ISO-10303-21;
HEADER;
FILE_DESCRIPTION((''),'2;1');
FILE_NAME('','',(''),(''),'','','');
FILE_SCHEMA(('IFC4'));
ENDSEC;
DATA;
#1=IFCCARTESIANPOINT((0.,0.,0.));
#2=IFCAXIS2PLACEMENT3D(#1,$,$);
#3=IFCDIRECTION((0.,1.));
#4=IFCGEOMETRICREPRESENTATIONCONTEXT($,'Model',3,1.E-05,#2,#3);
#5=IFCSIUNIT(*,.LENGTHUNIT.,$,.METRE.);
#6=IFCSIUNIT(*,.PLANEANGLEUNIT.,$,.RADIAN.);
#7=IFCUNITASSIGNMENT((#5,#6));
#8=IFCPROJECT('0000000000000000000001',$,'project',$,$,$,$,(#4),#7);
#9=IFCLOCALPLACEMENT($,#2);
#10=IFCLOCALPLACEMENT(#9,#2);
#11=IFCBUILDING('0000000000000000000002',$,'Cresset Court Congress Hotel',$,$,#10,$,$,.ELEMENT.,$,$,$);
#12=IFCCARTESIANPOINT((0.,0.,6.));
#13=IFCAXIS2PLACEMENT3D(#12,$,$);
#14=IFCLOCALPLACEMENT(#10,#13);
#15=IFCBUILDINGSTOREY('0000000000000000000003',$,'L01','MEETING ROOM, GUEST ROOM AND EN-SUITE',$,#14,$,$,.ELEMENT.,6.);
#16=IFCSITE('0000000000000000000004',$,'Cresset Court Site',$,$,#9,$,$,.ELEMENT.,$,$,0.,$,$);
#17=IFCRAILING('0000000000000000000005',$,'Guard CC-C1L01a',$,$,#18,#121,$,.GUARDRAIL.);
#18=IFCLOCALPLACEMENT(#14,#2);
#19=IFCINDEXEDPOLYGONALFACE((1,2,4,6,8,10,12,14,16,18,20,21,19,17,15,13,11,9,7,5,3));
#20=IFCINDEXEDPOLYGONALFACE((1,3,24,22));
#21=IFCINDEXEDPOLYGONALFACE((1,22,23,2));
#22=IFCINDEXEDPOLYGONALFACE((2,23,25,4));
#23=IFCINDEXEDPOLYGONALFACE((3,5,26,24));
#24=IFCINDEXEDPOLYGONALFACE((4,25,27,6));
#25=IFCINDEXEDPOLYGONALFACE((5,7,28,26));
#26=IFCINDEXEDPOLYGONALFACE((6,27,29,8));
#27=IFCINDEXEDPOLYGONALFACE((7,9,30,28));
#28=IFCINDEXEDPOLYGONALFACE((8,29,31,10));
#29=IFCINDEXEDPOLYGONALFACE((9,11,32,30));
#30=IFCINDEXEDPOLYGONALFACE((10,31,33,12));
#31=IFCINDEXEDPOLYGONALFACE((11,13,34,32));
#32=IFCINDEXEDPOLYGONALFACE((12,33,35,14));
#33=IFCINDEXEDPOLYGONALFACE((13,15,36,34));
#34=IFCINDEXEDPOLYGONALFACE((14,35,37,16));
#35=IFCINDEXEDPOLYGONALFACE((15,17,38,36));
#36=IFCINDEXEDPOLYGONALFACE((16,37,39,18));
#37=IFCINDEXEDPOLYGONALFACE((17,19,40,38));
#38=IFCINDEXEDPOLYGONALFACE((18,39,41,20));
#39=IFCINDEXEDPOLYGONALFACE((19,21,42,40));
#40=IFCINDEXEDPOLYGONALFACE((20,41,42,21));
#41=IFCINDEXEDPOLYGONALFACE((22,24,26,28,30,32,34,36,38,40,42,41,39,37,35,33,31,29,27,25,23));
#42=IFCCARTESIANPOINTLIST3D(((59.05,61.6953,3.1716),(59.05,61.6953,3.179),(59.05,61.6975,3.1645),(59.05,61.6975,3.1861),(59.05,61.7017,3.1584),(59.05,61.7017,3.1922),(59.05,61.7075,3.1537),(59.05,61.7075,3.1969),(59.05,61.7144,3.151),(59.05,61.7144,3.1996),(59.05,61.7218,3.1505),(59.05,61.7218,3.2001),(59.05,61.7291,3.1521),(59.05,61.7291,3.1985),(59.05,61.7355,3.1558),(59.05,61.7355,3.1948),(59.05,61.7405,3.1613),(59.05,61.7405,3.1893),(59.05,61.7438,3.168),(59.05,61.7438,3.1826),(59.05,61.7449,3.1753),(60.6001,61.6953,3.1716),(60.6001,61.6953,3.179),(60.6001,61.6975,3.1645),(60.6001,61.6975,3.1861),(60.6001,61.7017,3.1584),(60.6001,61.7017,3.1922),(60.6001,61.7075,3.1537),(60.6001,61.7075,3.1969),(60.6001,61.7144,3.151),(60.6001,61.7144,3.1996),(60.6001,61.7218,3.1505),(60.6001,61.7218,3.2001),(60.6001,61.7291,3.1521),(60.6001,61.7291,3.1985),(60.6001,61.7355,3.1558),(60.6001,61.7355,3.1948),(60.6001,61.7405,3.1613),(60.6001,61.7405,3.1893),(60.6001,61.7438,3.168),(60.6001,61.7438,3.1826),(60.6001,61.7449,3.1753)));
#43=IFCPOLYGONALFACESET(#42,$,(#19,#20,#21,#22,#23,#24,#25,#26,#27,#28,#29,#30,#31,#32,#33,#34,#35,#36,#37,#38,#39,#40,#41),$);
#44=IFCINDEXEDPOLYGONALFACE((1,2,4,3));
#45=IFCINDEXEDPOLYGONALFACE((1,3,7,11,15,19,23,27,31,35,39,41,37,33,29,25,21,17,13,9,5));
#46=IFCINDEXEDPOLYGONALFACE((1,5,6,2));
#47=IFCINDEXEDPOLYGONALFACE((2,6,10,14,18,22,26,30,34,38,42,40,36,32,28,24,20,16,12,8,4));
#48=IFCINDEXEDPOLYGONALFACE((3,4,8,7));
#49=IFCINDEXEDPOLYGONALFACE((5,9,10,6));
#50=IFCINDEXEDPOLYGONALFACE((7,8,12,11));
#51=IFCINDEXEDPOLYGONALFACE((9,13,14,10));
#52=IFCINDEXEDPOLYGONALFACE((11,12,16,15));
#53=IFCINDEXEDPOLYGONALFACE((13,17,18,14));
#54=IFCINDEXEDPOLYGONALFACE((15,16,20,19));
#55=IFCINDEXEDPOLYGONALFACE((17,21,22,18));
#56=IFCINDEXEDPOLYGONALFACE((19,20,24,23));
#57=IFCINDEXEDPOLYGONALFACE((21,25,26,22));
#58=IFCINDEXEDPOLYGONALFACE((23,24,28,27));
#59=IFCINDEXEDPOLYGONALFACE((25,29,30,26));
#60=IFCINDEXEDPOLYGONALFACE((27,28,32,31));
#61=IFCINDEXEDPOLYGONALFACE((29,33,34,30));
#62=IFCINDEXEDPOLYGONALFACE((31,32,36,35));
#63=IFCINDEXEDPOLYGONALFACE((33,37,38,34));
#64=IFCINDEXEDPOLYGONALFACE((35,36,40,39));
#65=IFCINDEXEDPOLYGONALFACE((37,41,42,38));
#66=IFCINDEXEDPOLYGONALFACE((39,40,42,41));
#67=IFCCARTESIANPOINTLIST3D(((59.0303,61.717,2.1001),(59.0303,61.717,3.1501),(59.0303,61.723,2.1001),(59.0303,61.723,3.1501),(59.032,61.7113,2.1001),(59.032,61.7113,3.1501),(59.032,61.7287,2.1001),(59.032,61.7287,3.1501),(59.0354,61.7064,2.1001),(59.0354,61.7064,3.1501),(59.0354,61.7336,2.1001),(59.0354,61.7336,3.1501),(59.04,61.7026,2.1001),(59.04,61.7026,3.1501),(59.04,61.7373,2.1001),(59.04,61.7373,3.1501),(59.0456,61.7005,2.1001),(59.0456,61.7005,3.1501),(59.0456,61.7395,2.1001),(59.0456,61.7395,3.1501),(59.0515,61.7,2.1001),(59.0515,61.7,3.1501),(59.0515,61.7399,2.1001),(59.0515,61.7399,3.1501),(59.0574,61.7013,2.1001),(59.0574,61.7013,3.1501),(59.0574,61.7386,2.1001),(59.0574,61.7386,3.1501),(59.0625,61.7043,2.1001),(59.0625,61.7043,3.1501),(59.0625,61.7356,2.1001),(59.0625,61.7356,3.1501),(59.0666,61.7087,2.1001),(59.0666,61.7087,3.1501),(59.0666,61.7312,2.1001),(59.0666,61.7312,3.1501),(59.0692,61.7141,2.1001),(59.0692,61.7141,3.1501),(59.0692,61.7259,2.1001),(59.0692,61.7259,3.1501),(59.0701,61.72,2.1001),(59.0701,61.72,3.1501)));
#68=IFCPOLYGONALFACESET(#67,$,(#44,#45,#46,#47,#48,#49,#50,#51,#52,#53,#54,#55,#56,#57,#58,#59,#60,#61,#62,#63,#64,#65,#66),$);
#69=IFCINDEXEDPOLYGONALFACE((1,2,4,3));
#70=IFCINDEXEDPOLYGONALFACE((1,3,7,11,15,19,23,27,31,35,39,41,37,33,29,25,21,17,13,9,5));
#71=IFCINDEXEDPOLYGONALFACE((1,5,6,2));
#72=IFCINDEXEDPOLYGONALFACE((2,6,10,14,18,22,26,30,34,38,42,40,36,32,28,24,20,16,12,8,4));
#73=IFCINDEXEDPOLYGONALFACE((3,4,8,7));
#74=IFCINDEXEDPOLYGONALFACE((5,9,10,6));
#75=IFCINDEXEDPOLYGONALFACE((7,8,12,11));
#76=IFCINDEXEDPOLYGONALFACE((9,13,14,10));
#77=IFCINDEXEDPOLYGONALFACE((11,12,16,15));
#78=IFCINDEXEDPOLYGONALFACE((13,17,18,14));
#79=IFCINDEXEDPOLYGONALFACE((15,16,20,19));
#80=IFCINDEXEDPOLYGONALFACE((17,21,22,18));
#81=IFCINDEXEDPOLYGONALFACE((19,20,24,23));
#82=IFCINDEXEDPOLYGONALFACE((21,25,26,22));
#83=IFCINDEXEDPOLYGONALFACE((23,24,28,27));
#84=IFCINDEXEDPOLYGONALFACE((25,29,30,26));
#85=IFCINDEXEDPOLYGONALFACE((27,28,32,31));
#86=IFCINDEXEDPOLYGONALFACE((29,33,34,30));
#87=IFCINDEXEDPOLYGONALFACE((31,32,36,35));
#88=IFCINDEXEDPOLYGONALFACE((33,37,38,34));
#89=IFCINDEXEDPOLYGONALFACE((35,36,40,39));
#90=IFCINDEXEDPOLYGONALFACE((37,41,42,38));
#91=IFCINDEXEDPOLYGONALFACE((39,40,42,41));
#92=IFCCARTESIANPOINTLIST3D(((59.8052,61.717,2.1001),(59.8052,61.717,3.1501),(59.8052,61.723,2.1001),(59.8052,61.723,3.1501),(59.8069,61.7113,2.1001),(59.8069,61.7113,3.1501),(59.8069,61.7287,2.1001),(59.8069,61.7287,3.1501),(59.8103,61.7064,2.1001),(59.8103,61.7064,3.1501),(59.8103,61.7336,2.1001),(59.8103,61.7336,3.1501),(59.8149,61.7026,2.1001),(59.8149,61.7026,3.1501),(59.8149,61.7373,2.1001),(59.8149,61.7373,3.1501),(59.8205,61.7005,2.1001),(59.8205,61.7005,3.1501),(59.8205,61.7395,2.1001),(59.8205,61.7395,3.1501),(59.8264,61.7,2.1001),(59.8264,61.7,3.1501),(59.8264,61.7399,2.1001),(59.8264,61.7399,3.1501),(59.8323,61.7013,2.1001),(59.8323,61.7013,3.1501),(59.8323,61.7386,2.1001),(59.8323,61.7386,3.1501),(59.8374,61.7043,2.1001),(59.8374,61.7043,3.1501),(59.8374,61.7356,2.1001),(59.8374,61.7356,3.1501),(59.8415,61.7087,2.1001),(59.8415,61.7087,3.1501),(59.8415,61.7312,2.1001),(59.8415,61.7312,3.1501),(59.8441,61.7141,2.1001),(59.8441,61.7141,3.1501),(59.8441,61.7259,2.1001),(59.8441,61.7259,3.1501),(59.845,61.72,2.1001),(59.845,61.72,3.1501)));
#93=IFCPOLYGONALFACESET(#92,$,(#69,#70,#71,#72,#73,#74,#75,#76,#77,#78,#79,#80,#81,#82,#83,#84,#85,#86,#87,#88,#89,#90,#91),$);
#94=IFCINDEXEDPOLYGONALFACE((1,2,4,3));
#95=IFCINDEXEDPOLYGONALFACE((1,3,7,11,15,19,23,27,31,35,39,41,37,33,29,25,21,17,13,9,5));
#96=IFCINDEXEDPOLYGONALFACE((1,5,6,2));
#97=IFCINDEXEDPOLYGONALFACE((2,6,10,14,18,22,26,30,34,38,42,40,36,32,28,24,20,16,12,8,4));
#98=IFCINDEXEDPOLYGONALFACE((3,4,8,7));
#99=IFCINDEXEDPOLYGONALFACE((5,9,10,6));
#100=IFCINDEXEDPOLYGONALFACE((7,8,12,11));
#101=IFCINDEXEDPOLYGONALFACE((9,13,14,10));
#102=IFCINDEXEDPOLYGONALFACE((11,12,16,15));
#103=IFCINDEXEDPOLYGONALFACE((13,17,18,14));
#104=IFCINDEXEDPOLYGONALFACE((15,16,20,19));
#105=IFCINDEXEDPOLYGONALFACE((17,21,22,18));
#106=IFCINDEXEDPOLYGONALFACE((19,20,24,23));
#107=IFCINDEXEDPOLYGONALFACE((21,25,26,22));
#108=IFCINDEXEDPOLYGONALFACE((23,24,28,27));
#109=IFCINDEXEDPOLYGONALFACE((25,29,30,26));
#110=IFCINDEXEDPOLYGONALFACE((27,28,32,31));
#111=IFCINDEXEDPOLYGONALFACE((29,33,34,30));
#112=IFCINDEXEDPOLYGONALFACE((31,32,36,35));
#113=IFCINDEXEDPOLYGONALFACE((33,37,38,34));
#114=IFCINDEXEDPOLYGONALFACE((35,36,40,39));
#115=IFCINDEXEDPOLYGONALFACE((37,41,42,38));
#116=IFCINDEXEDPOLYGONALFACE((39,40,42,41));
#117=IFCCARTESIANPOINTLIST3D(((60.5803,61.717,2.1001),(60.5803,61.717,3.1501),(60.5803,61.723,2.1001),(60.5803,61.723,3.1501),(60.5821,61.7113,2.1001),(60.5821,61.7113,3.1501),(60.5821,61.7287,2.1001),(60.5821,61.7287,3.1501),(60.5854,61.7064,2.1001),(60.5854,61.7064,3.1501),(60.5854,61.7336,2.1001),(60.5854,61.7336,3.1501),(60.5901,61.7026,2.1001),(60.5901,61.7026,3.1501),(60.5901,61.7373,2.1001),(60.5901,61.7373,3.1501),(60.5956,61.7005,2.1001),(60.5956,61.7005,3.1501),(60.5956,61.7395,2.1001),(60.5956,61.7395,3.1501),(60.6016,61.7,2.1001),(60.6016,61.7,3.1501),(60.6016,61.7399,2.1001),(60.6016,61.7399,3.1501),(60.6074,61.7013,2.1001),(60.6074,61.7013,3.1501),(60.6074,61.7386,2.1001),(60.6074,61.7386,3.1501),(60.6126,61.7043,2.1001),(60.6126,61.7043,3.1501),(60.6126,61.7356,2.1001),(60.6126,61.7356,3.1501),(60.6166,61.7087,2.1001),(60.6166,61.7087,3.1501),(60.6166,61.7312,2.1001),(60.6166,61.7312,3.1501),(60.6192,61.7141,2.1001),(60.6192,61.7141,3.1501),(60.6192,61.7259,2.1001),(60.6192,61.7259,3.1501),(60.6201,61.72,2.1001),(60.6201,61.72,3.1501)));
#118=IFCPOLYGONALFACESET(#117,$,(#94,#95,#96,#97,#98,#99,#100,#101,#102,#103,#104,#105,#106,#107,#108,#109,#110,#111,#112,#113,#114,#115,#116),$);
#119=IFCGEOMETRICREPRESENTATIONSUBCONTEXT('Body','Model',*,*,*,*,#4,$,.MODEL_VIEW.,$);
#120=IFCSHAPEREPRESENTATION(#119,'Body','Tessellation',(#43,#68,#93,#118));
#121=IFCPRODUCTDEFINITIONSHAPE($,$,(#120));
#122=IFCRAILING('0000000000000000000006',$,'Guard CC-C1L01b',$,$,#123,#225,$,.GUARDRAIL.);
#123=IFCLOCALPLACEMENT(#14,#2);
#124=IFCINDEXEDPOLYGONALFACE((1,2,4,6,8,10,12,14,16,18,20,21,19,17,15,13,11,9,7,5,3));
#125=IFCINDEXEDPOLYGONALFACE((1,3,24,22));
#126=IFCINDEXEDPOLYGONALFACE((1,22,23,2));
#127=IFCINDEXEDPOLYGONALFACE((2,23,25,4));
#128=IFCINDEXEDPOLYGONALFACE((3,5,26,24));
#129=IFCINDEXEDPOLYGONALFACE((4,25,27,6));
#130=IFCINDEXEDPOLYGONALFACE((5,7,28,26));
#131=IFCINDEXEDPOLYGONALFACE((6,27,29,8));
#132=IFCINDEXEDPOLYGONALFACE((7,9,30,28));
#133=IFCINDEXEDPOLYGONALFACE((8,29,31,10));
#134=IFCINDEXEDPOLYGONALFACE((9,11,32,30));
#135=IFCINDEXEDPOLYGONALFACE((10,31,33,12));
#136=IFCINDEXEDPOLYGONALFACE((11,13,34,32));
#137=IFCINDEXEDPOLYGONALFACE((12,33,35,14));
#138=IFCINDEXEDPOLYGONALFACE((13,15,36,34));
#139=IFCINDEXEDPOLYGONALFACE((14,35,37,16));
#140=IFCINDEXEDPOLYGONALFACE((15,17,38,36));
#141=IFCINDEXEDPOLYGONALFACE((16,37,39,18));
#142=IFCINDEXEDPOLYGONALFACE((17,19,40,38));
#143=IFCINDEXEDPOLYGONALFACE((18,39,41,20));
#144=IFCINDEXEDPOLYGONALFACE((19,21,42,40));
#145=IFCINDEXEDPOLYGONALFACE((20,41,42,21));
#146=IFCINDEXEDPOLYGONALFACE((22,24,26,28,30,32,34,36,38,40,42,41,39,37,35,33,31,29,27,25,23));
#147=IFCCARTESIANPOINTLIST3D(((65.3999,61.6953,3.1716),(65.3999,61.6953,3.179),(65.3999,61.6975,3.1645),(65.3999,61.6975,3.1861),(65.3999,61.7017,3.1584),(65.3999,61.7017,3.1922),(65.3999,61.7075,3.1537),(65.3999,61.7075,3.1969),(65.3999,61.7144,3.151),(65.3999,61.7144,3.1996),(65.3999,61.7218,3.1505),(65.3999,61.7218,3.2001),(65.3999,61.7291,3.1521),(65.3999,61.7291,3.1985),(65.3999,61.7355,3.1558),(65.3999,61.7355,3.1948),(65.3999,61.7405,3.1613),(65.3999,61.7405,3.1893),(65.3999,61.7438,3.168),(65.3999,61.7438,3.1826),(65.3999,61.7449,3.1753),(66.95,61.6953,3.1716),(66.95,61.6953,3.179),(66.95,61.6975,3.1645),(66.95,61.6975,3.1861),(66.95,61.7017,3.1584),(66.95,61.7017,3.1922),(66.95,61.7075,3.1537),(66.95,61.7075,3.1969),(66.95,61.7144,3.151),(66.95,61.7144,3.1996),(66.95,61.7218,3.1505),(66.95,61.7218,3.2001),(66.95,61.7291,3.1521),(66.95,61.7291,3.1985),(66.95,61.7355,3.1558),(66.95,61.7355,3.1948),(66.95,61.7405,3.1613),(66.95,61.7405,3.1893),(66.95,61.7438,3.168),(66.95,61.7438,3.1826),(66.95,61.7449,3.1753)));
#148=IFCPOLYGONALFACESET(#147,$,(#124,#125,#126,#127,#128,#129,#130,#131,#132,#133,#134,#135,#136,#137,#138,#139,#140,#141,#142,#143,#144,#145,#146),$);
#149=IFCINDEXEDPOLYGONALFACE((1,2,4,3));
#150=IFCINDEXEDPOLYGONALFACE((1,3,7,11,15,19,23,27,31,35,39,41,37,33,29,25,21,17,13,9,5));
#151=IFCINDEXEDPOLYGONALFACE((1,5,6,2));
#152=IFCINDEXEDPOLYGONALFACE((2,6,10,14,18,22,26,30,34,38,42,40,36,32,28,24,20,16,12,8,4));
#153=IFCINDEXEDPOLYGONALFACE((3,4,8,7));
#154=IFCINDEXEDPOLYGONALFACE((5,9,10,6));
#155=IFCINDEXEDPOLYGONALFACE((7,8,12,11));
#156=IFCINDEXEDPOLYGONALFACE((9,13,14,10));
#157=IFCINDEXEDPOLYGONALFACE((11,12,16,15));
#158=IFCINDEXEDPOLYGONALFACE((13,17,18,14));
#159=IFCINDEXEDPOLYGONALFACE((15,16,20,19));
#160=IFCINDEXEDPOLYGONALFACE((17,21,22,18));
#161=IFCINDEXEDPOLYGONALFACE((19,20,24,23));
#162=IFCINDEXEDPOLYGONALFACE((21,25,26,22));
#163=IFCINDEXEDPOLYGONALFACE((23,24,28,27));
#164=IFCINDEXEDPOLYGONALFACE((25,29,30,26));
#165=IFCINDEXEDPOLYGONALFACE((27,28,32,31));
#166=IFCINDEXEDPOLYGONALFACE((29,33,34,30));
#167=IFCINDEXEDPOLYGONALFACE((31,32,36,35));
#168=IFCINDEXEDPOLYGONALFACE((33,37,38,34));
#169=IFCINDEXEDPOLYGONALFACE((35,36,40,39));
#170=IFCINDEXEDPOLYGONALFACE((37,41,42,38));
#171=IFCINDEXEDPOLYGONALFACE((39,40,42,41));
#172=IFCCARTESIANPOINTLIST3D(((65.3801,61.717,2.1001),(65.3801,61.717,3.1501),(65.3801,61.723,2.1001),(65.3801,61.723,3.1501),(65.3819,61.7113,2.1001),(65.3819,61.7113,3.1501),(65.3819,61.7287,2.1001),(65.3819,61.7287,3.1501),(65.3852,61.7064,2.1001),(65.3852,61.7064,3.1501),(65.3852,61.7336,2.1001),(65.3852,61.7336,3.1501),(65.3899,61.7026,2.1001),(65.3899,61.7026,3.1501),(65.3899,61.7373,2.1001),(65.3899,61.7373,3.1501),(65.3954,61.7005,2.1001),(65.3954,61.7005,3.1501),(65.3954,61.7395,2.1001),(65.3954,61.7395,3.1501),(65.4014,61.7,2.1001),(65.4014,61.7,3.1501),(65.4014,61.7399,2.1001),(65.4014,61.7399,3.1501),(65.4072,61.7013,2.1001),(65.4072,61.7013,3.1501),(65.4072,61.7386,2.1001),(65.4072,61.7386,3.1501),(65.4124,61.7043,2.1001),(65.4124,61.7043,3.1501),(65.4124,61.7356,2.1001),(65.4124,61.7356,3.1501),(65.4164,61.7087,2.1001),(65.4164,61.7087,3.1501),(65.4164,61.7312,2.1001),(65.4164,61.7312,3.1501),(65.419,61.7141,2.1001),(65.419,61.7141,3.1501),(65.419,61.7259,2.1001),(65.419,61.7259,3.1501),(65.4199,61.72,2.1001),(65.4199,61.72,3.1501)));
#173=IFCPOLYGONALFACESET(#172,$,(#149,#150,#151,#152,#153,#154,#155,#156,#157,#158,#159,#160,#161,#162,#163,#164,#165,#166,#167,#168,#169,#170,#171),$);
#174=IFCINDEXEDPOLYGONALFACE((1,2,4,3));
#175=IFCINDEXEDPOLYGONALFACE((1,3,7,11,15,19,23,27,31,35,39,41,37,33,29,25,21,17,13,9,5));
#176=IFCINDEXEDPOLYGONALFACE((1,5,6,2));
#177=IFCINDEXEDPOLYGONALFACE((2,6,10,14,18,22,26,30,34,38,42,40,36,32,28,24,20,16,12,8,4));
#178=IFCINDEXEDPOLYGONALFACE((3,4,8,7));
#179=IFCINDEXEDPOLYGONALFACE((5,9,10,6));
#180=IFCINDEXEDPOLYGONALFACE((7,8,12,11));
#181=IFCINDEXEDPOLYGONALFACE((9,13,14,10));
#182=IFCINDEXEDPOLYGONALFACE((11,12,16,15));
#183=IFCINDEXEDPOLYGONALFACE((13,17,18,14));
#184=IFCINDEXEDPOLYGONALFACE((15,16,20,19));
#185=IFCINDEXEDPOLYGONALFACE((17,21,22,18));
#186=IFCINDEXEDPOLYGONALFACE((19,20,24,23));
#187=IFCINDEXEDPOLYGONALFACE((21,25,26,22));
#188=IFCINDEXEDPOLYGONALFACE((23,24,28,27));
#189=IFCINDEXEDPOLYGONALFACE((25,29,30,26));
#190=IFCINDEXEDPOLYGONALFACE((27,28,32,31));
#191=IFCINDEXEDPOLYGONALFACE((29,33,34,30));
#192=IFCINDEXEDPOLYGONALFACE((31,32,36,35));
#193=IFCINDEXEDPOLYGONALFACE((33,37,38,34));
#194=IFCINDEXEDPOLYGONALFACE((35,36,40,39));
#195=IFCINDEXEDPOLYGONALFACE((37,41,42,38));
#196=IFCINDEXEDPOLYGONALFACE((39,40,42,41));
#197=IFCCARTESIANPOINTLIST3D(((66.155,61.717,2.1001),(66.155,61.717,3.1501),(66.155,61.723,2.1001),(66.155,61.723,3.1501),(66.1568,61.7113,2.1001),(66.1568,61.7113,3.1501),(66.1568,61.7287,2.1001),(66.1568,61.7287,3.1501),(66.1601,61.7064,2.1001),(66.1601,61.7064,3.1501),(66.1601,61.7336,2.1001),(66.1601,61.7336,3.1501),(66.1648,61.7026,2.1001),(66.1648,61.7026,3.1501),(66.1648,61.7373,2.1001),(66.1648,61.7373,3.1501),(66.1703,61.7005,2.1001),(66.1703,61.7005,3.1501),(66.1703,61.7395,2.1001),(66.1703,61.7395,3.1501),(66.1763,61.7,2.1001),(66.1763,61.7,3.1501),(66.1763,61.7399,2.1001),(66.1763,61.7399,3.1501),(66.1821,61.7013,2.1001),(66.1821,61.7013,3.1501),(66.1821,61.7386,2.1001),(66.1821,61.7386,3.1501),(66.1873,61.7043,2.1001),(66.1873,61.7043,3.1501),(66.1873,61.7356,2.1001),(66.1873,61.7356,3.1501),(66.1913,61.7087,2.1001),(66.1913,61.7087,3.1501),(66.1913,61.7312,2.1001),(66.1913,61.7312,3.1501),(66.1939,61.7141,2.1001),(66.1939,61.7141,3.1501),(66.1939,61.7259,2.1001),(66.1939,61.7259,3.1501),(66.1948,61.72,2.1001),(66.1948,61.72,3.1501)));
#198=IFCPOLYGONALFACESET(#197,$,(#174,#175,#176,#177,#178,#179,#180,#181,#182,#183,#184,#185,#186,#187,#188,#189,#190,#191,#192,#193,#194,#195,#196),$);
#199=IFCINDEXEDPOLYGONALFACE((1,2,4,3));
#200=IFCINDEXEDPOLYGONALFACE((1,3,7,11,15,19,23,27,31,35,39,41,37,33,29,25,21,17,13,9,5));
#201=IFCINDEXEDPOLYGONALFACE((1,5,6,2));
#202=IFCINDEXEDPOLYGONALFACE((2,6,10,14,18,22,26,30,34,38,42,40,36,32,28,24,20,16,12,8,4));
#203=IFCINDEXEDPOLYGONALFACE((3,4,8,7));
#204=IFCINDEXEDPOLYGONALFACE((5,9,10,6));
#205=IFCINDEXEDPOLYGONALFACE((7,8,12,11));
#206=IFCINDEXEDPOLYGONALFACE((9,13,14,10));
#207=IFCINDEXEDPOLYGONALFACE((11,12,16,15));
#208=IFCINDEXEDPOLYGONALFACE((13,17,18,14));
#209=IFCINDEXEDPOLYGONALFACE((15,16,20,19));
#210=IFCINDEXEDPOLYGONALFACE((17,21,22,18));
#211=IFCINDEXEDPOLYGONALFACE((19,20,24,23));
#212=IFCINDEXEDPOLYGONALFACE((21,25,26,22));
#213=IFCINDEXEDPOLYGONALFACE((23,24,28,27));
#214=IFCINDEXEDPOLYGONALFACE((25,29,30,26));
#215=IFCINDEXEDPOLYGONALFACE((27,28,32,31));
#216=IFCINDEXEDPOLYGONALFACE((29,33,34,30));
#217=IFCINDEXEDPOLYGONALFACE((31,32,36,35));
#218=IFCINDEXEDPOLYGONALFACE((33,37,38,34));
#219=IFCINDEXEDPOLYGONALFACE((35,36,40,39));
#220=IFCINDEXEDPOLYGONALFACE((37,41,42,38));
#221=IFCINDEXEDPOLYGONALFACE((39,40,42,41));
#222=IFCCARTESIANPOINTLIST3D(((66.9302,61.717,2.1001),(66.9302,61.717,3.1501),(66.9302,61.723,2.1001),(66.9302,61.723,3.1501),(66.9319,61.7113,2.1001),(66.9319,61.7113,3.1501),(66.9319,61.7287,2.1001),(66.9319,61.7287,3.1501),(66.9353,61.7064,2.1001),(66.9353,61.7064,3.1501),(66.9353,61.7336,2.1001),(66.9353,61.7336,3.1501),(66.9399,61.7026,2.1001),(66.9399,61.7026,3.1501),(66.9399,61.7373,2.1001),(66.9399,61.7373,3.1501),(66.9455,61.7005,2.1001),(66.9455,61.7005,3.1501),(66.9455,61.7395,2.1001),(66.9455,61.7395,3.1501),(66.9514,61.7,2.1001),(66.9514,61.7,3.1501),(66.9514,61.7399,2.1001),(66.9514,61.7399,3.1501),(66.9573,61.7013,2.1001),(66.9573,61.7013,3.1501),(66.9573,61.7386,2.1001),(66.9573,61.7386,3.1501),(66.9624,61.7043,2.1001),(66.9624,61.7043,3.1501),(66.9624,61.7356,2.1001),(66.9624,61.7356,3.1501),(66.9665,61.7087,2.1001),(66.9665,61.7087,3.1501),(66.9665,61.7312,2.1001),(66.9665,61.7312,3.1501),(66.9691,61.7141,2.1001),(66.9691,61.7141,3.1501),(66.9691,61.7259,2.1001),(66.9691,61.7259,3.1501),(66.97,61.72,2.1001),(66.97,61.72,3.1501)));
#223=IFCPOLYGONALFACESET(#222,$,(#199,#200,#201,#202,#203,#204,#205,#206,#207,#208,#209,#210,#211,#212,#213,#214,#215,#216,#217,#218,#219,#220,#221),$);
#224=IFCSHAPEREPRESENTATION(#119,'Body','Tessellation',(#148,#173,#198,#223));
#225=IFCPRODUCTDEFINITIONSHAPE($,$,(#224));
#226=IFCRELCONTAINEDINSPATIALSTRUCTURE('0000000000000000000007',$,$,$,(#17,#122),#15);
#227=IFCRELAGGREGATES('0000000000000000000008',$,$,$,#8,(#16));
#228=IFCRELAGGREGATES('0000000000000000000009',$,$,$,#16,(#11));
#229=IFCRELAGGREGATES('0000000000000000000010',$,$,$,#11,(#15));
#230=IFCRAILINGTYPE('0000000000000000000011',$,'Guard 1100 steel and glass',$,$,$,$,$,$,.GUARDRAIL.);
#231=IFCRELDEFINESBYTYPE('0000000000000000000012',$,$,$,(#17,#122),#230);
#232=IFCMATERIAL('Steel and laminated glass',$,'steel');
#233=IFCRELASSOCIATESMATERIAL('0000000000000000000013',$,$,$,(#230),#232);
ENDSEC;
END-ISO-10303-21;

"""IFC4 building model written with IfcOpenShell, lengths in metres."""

from ifc_helpers import new_model, si_unit, direction, frame, origin, origin_2d, place, context, subcontext, project, spatial, circle, extrude, material, type_object, element, save


model = new_model("IFC4")

# Units and contexts
model_context = context("Model", 3, precision=1e-05, world=origin(), true_north=direction((0.0, 1.0)))
body_context = subcontext(model_context, "Body", "Model", "MODEL_VIEW")
ifc_project = project(units=[si_unit("LENGTHUNIT", "METRE"), si_unit("PLANEANGLEUNIT", "RADIAN")], contexts=[model_context])

# Site, building, storey
site_placement = place(None, origin())
site = spatial("IfcSite", under=ifc_project, at=site_placement, Name="Cresset Court Site", CompositionType="ELEMENT", RefElevation=0.0)
building_placement = place(site_placement, origin())
building = spatial("IfcBuilding", under=site, at=building_placement, Name="Cresset Court Congress Hotel", CompositionType="ELEMENT")
storey_placement = place(building_placement, frame((0.0, 0.0, 6.0)))
storey = spatial("IfcBuildingStorey", under=building, at=storey_placement, Name="L01", Description="MEETING ROOM, GUEST ROOM AND EN-SUITE", CompositionType="ELEMENT", Elevation=6.0)

# Railings
ifc_material_1 = material(Name="Steel and laminated glass", Category="steel")
railing_type_1 = type_object("IfcRailingType", Name="Guard 1100 steel and glass", PredefinedType="GUARDRAIL", material=ifc_material_1)
for number, where, name in (
    (1, (59.05, 61.72, 2.1001), "Guard CC-C1L01a"),
    (2, (65.3999, 61.72, 2.1001), "Guard CC-C1L01b"),
):
    element("IfcRailing", number, at=place(storey_placement, frame(where)), inside=storey, type_object=railing_type_1, Name=name, PredefinedType="GUARDRAIL", context=body_context, shape_type="SweptSolid", body=[
        extrude(circle(Radius=0.0249, at=origin_2d()), frame((0.0, 0.0, 1.0752), z_axis=(1.0, 0.0, 0.0), x_axis=(0.0, 1.0, 0.0)), (0.0, 0.0, 1.0), 1.55),
        extrude(circle(Radius=0.02, at=origin_2d()), origin(), (0.0, 0.0, 1.0), 1.05),
        extrude(circle(Radius=0.02, at=origin_2d()), frame((0.7749, 0.0, 0.0)), (0.0, 0.0, 1.0), 1.05),
        extrude(circle(Radius=0.02, at=origin_2d()), frame((1.55, 0.0, 0.0)), (0.0, 0.0, 1.0), 1.05),
    ])

save(model, "model.ifc")
